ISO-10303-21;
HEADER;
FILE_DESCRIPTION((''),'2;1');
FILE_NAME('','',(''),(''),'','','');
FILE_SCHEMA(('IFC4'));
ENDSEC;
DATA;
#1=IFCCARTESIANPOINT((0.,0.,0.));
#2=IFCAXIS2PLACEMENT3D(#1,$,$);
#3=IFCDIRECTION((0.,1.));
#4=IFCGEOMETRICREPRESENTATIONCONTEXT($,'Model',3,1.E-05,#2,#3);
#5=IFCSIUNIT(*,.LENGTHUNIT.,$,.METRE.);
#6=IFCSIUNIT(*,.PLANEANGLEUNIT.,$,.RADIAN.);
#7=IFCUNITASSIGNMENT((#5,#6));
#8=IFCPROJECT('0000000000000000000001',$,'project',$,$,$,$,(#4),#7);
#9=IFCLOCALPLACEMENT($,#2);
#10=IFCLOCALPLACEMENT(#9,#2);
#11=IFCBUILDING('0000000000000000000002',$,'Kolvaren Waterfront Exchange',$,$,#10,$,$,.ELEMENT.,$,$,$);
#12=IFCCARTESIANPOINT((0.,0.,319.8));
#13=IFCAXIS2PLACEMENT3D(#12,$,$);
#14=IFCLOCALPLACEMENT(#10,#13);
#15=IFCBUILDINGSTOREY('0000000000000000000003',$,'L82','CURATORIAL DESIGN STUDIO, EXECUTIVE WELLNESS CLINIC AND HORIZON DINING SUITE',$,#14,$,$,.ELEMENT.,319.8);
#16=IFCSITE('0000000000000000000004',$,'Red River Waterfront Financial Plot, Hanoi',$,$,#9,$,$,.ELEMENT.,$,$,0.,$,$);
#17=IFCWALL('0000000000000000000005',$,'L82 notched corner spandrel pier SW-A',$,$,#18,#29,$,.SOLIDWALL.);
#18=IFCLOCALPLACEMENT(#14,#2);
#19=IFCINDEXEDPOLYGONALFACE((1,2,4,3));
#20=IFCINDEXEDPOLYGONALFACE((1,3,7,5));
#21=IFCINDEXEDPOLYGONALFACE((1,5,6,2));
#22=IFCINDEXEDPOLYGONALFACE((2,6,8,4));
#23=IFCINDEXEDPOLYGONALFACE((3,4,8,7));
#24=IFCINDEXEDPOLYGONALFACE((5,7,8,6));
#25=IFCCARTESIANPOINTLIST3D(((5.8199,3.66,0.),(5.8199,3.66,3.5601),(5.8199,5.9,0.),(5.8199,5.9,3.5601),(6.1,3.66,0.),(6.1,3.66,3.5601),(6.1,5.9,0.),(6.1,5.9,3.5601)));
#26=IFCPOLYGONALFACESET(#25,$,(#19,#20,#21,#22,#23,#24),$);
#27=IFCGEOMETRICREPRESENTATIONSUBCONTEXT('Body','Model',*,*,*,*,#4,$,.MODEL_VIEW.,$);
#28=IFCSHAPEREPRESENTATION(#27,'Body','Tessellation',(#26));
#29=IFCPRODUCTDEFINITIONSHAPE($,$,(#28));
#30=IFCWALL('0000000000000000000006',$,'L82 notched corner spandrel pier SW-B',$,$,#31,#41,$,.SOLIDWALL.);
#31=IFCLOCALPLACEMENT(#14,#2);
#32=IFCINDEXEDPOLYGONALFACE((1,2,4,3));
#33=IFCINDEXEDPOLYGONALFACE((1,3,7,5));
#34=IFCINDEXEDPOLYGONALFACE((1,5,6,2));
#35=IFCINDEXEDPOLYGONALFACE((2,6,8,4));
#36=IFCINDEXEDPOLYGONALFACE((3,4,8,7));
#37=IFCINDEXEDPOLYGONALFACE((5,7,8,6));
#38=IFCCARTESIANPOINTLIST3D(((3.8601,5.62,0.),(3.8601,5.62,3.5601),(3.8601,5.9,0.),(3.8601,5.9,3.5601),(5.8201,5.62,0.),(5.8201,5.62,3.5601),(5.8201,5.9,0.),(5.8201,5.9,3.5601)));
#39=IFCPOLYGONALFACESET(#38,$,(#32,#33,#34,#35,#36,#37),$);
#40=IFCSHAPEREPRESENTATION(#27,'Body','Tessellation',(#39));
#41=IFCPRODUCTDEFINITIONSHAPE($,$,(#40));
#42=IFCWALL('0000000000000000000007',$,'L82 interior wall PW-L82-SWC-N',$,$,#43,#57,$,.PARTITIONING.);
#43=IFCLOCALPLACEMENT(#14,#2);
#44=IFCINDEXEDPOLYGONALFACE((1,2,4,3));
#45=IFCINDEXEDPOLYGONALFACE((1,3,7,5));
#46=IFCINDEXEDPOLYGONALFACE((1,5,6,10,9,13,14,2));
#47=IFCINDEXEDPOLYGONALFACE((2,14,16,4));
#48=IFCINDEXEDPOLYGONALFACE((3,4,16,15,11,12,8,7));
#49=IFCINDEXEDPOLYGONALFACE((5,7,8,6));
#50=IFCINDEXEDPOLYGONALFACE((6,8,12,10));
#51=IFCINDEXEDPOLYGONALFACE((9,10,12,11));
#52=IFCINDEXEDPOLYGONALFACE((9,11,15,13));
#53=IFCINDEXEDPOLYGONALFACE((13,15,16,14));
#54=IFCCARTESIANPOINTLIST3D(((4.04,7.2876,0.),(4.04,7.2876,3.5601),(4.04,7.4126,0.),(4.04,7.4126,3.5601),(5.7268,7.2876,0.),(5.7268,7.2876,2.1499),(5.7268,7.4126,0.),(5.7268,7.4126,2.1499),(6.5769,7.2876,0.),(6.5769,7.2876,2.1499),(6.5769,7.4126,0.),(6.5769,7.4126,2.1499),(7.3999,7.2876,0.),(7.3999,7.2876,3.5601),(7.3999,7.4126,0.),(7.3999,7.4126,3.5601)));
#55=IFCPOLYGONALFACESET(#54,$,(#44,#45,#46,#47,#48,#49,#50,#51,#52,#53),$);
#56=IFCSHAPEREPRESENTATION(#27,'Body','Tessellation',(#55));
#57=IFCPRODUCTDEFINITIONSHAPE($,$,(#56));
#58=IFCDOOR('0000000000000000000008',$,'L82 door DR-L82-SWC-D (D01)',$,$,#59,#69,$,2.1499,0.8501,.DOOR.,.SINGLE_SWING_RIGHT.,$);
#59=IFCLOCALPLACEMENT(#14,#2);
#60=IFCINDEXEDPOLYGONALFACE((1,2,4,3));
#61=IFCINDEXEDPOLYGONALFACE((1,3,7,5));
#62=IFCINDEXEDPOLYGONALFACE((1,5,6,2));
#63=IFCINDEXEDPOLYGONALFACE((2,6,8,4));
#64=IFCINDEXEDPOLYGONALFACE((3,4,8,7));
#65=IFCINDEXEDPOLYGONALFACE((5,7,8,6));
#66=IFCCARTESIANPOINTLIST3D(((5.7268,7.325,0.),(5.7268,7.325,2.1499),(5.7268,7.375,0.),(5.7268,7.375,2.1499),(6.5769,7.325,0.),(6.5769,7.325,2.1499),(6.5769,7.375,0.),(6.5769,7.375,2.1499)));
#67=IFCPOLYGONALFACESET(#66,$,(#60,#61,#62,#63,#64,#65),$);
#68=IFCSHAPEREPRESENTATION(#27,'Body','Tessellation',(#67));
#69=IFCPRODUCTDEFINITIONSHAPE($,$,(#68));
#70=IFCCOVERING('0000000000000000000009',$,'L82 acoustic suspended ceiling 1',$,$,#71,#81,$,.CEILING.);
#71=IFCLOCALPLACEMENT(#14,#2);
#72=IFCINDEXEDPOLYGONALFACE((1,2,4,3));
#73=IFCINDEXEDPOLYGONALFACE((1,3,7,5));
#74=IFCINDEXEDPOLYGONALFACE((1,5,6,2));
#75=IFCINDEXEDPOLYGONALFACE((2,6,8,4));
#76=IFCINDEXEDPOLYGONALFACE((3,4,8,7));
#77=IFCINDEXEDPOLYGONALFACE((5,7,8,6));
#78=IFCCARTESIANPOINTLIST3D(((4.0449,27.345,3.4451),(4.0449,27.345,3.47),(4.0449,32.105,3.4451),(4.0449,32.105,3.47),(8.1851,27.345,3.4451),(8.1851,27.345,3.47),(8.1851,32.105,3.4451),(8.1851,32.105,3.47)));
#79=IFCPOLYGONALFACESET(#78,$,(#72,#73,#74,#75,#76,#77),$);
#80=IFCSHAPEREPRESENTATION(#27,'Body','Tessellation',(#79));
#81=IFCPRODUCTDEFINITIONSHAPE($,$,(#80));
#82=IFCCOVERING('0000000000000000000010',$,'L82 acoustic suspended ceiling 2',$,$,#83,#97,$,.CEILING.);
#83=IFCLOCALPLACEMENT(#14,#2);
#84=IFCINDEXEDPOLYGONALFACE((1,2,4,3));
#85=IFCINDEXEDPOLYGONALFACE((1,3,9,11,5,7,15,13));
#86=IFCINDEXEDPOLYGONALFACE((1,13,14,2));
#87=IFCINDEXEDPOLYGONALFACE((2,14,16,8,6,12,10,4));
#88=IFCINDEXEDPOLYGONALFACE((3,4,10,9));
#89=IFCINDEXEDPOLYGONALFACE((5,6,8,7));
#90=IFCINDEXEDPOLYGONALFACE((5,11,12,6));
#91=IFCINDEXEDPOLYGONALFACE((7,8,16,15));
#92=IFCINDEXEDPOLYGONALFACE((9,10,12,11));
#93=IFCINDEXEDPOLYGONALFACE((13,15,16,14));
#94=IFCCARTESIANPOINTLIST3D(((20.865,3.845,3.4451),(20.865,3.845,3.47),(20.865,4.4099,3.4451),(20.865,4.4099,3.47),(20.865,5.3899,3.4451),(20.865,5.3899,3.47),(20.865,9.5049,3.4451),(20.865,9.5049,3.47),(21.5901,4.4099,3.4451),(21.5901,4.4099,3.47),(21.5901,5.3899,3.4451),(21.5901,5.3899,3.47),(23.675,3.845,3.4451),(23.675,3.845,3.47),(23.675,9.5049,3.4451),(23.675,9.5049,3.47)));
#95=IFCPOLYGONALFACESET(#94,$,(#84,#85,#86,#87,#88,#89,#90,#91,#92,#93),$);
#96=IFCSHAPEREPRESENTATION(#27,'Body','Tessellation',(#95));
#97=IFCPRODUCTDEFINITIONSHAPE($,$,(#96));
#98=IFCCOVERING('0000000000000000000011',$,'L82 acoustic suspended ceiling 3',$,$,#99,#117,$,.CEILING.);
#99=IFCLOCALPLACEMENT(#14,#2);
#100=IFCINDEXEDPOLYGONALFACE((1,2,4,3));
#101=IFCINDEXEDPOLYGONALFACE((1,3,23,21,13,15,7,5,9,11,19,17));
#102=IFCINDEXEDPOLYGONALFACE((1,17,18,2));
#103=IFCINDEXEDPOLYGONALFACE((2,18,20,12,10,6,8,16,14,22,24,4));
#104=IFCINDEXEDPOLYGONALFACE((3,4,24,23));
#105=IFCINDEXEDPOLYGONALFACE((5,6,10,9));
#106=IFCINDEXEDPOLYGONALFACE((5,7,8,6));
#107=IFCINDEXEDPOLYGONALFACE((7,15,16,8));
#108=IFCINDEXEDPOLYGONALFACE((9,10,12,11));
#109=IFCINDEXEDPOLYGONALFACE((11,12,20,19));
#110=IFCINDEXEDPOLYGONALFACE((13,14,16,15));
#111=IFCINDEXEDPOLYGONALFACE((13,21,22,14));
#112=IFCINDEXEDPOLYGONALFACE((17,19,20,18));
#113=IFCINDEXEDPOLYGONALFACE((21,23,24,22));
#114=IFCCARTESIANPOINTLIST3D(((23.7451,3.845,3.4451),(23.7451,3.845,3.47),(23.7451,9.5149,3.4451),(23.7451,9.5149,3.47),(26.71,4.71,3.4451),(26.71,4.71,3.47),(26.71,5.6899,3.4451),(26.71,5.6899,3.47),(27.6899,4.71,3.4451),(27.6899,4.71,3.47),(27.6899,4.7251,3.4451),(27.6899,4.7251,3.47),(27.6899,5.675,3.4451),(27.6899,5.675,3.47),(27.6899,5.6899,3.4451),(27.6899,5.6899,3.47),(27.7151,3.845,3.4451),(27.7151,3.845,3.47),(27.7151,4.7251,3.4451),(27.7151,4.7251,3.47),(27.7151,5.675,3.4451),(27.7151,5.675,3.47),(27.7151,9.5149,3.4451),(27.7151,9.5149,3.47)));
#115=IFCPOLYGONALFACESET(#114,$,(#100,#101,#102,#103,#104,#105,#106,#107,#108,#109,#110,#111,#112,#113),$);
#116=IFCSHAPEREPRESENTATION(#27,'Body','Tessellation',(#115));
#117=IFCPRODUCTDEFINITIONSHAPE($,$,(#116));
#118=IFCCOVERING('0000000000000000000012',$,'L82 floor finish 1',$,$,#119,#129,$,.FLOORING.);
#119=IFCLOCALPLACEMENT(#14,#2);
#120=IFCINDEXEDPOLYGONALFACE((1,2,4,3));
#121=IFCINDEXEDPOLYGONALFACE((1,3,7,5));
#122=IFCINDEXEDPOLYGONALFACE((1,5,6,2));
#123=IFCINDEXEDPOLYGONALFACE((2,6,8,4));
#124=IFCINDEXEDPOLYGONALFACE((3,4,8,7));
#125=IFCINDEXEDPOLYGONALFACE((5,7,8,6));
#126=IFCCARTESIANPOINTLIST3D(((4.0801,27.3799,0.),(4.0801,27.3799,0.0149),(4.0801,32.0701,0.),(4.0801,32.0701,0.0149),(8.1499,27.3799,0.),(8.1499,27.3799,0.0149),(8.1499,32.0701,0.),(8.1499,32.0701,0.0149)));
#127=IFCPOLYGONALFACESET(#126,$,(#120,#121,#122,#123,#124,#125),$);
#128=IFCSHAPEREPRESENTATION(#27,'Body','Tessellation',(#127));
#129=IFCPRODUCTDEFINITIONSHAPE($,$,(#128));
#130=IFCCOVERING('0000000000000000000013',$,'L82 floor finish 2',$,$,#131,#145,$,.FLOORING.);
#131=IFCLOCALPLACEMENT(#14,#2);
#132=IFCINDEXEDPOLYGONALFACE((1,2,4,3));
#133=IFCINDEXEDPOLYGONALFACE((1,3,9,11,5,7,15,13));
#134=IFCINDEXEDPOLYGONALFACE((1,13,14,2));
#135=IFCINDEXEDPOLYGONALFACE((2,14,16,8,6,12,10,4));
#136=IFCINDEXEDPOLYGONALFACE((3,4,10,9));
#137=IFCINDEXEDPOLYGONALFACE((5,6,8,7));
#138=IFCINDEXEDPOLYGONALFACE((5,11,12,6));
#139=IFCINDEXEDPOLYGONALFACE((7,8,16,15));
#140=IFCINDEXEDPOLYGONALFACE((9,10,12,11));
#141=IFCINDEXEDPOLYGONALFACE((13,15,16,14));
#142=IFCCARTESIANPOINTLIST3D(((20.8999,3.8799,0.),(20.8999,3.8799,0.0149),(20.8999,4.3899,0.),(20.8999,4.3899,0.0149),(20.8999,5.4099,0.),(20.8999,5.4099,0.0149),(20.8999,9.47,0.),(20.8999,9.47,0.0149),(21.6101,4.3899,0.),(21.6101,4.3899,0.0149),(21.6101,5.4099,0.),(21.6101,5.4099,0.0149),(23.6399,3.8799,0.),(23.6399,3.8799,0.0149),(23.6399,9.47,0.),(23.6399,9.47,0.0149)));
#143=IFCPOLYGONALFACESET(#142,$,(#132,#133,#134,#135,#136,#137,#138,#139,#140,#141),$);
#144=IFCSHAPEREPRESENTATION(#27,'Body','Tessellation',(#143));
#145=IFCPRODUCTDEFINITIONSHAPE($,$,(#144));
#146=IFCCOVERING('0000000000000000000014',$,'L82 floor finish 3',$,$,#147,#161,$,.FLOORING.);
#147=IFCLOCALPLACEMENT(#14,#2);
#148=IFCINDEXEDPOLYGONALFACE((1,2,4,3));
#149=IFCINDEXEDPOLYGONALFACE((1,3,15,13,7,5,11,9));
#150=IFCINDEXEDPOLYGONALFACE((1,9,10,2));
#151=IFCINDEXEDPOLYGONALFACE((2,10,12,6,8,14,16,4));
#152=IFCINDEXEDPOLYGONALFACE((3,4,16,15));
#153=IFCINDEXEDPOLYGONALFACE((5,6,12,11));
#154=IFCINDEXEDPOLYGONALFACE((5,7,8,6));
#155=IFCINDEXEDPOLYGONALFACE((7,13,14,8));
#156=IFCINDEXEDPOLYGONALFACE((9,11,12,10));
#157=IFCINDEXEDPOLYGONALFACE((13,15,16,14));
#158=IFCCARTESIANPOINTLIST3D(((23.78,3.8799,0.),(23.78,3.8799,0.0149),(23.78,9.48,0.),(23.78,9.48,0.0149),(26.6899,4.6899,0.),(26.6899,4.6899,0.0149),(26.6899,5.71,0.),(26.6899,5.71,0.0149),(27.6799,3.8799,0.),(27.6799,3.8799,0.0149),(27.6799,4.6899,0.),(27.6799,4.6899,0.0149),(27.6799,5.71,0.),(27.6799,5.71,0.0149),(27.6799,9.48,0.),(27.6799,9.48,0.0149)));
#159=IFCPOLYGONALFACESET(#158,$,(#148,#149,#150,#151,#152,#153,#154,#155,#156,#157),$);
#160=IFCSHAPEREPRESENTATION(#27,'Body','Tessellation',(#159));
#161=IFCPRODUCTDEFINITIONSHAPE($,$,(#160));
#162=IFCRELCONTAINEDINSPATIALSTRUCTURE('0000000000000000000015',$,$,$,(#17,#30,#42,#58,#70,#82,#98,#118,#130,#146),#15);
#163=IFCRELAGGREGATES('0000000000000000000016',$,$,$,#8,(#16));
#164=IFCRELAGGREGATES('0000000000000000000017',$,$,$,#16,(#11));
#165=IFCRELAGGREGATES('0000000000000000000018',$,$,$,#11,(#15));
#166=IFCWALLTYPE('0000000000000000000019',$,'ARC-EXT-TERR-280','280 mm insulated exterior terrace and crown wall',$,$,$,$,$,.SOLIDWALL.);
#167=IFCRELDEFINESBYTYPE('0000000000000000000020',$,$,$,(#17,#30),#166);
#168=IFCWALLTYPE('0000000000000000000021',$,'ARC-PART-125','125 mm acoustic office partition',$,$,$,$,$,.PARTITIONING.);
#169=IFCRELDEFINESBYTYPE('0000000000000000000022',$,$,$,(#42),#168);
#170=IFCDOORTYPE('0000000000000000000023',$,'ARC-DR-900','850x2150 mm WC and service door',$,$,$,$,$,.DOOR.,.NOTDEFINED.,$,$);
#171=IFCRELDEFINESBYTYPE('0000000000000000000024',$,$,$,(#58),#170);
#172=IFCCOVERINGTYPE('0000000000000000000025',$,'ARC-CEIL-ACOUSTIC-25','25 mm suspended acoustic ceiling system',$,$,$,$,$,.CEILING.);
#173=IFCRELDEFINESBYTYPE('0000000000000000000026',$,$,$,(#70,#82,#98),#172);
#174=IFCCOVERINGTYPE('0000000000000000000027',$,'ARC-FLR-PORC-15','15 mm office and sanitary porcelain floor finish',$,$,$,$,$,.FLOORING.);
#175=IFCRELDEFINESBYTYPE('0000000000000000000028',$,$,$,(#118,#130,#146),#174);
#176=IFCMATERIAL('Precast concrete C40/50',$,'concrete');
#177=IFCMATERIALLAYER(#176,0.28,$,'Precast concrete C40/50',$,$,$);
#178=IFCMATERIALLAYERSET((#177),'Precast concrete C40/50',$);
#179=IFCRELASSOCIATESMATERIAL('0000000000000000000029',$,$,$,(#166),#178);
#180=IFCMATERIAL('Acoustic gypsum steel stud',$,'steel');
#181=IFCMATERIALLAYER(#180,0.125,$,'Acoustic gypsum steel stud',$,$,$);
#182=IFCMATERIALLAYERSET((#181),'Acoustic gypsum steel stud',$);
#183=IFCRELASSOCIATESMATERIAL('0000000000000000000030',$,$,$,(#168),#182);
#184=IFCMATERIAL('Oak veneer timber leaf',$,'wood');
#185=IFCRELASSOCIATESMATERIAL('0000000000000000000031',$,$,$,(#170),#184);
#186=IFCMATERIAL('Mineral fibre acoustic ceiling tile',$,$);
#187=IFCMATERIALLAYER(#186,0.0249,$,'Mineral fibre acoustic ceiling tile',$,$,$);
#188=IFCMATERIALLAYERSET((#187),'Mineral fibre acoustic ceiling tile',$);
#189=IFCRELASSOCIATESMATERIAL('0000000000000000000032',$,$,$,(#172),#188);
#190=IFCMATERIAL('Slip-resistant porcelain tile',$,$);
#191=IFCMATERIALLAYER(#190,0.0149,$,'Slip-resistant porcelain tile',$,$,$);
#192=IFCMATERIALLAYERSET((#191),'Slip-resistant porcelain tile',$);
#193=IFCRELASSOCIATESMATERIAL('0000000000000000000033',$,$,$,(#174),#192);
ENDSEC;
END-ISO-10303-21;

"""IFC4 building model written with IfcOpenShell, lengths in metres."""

from ifc_helpers import new_model, si_unit, direction, frame, frame_2d, origin, place, context, subcontext, project, spatial, polyline, rectangle, outline, extrude, material, layer, layer_set, type_object, element, fill, save


model = new_model("IFC4")

# Units and contexts
model_context = context("Model", 3, precision=1e-05, world=origin(), true_north=direction((0.0, 1.0)))
body_context = subcontext(model_context, "Body", "Model", "MODEL_VIEW")
ifc_project = project(units=[si_unit("LENGTHUNIT", "METRE"), si_unit("PLANEANGLEUNIT", "RADIAN")], contexts=[model_context])

# Site, building, storey
site_placement = place(None, origin())
site = spatial("IfcSite", under=ifc_project, at=site_placement, Name="Red River Waterfront Financial Plot, Hanoi", CompositionType="ELEMENT", RefElevation=0.0)
building_placement = place(site_placement, origin())
building = spatial("IfcBuilding", under=site, at=building_placement, Name="Kolvaren Waterfront Exchange", CompositionType="ELEMENT")
storey_placement = place(building_placement, frame((0.0, 0.0, 319.8)))
storey = spatial("IfcBuildingStorey", under=building, at=storey_placement, Name="L82", Description="CURATORIAL DESIGN STUDIO, EXECUTIVE WELLNESS CLINIC AND HORIZON DINING SUITE", CompositionType="ELEMENT", Elevation=319.8)

# Walls
ifc_material_1 = material(Name="Precast concrete C40/50", Category="concrete")
ifc_layer_1 = layer(ifc_material_1, 0.28, Name="Precast concrete C40/50")
ifc_layer_set_1 = layer_set([ifc_layer_1], Name="Precast concrete C40/50")
wall_type_1 = type_object("IfcWallType", Name="ARC-EXT-TERR-280", Description="280 mm insulated exterior terrace and crown wall", PredefinedType="SOLIDWALL", material=ifc_layer_set_1)
wall_1_placement = place(storey_placement, frame((5.96, 3.6599, 0.0), z_axis=(0.0, 0.0, 1.0), x_axis=(0.0, 1.0, 0.0)))
element("IfcWall", 1, at=wall_1_placement, inside=storey, type_object=wall_type_1, Name="L82 notched corner spandrel pier SW-A", PredefinedType="SOLIDWALL", context=body_context, shape_type="SweptSolid", body=[
    extrude(rectangle(XDim=2.24, YDim=0.28, at=frame_2d((1.1201, 0.0))), origin(), (0.0, 0.0, 1.0), 3.5601),
])
wall_2_placement = place(storey_placement, frame((3.8601, 5.76, 0.0), z_axis=(0.0, 0.0, 1.0), x_axis=(1.0, 0.0, 0.0)))
element("IfcWall", 2, at=wall_2_placement, inside=storey, type_object=wall_type_1, Name="L82 notched corner spandrel pier SW-B", PredefinedType="SOLIDWALL", context=body_context, shape_type="SweptSolid", body=[
    extrude(rectangle(XDim=1.96, YDim=0.28, at=frame_2d((0.98, 0.0))), origin(), (0.0, 0.0, 1.0), 3.5601),
])

# Wall, opening, door
ifc_material_2 = material(Name="Acoustic gypsum steel stud", Category="steel")
ifc_layer_2 = layer(ifc_material_2, 0.125, Name="Acoustic gypsum steel stud")
ifc_layer_set_2 = layer_set([ifc_layer_2], Name="Acoustic gypsum steel stud")
wall_type_2 = type_object("IfcWallType", Name="ARC-PART-125", Description="125 mm acoustic office partition", PredefinedType="PARTITIONING", material=ifc_layer_set_2)
wall_3_placement = place(storey_placement, frame((4.04, 7.3501, 0.0), z_axis=(0.0, 0.0, 1.0), x_axis=(1.0, 0.0, 0.0)))
wall_3 = element("IfcWall", 3, at=wall_3_placement, inside=storey, type_object=wall_type_2, Name="L82 interior wall PW-L82-SWC-N", PredefinedType="PARTITIONING", context=body_context, shape_type="SweptSolid", body=[
    extrude(rectangle(XDim=3.3599, YDim=0.125, at=frame_2d((1.6799, 0.0))), origin(), (0.0, 0.0, 1.0), 3.5601),
])
opening_placement = place(wall_3_placement, frame((1.6868, 0.0, 0.0)))
opening = element("IfcOpeningElement", 4, at=opening_placement, cuts=wall_3, PredefinedType="OPENING", context=body_context, shape_type="SweptSolid", body=[
    extrude(rectangle(XDim=0.8501, YDim=2.1499, at=frame_2d((0.425, 1.075))), frame((0.0, 0.0725, 0.0), z_axis=(0.0, -1.0, 0.0), x_axis=(1.0, 0.0, 0.0)), (0.0, 0.0, 1.0), 0.145),
])
ifc_material_3 = material(Name="Oak veneer timber leaf", Category="wood")
door_type = type_object("IfcDoorType", Name="ARC-DR-900", Description="850x2150 mm WC and service door", OperationType="NOTDEFINED", PredefinedType="DOOR", material=ifc_material_3)
door_placement = place(opening_placement, origin())
door = element("IfcDoor", 5, at=door_placement, inside=storey, type_object=door_type, Name="L82 door DR-L82-SWC-D (D01)", OperationType="SINGLE_SWING_RIGHT", OverallHeight=2.1499, OverallWidth=0.8501, PredefinedType="DOOR", context=body_context, shape_type="SweptSolid", body=[
    extrude(rectangle(XDim=0.8501, YDim=2.1499, at=frame_2d((0.425, 1.075))), frame((0.0, 0.0249, 0.0), z_axis=(0.0, -1.0, 0.0), x_axis=(1.0, 0.0, 0.0)), (0.0, 0.0, 1.0), 0.05),
])
fill(opening, door)

# Coverings
ifc_material_4 = material(Name="Mineral fibre acoustic ceiling tile")
ifc_layer_3 = layer(ifc_material_4, 0.0249, Name="Mineral fibre acoustic ceiling tile")
ifc_layer_set_3 = layer_set([ifc_layer_3], Name="Mineral fibre acoustic ceiling tile")
covering_type_1 = type_object("IfcCoveringType", Name="ARC-CEIL-ACOUSTIC-25", Description="25 mm suspended acoustic ceiling system", PredefinedType="CEILING", material=ifc_layer_set_3)
covering_1_placement = place(storey_placement, frame((0.0, 0.0, 3.4451)))
element("IfcCovering", 6, at=covering_1_placement, inside=storey, type_object=covering_type_1, Name="L82 acoustic suspended ceiling 1", PredefinedType="CEILING", context=body_context, shape_type="SweptSolid", body=[
    extrude(outline(polyline([(8.1851, 27.345), (8.1851, 32.105), (4.0449, 32.105), (4.0449, 27.345), (8.1851, 27.345)])), origin(), (0.0, 0.0, 1.0), 0.0249),
])
covering_2_placement = place(storey_placement, frame((0.0, 0.0, 3.4451)))
element("IfcCovering", 7, at=covering_2_placement, inside=storey, type_object=covering_type_1, Name="L82 acoustic suspended ceiling 2", PredefinedType="CEILING", context=body_context, shape_type="SweptSolid", body=[
    extrude(outline(polyline([(20.865, 5.3899), (21.5901, 5.3899), (21.5901, 4.4099), (20.865, 4.4099), (20.865, 3.845), (23.675, 3.845), (23.675, 9.5049), (20.865, 9.5049), (20.865, 5.3899)])), origin(), (0.0, 0.0, 1.0), 0.0249),
])
covering_3_placement = place(storey_placement, frame((0.0, 0.0, 3.4451)))
element("IfcCovering", 8, at=covering_3_placement, inside=storey, type_object=covering_type_1, Name="L82 acoustic suspended ceiling 3", PredefinedType="CEILING", context=body_context, shape_type="SweptSolid", body=[
    extrude(outline(polyline([(27.7151, 5.675), (27.7151, 9.5149), (23.7451, 9.5149), (23.7451, 3.845), (27.7151, 3.845), (27.7151, 4.7251), (27.6899, 4.7251), (27.6899, 4.71), (26.71, 4.71), (26.71, 5.6899), (27.6899, 5.6899), (27.6899, 5.675), (27.7151, 5.675)])), origin(), (0.0, 0.0, 1.0), 0.0249),
])
ifc_material_5 = material(Name="Slip-resistant porcelain tile")
ifc_layer_4 = layer(ifc_material_5, 0.0149, Name="Slip-resistant porcelain tile")
ifc_layer_set_4 = layer_set([ifc_layer_4], Name="Slip-resistant porcelain tile")
covering_type_2 = type_object("IfcCoveringType", Name="ARC-FLR-PORC-15", Description="15 mm office and sanitary porcelain floor finish", PredefinedType="FLOORING", material=ifc_layer_set_4)
covering_4_placement = place(storey_placement, origin())
element("IfcCovering", 9, at=covering_4_placement, inside=storey, type_object=covering_type_2, Name="L82 floor finish 1", PredefinedType="FLOORING", context=body_context, shape_type="SweptSolid", body=[
    extrude(outline(polyline([(4.0801, 32.0701), (4.0801, 27.3799), (8.1499, 27.3799), (8.1499, 32.0701), (4.0801, 32.0701)])), origin(), (0.0, 0.0, 1.0), 0.0149),
])
covering_5_placement = place(storey_placement, origin())
element("IfcCovering", 10, at=covering_5_placement, inside=storey, type_object=covering_type_2, Name="L82 floor finish 2", PredefinedType="FLOORING", context=body_context, shape_type="SweptSolid", body=[
    extrude(outline(polyline([(20.8999, 4.3899), (20.8999, 3.8799), (23.6399, 3.8799), (23.6399, 9.47), (20.8999, 9.47), (20.8999, 5.4099), (21.6101, 5.4099), (21.6101, 4.3899), (20.8999, 4.3899)])), origin(), (0.0, 0.0, 1.0), 0.0149),
])
covering_6_placement = place(storey_placement, origin())
element("IfcCovering", 11, at=covering_6_placement, inside=storey, type_object=covering_type_2, Name="L82 floor finish 3", PredefinedType="FLOORING", context=body_context, shape_type="SweptSolid", body=[
    extrude(outline(polyline([(23.78, 9.48), (23.78, 3.8799), (27.6799, 3.8799), (27.6799, 4.6899), (26.6899, 4.6899), (26.6899, 5.71), (27.6799, 5.71), (27.6799, 9.48), (23.78, 9.48)])), origin(), (0.0, 0.0, 1.0), 0.0149),
])

save(model, "model.ifc")
